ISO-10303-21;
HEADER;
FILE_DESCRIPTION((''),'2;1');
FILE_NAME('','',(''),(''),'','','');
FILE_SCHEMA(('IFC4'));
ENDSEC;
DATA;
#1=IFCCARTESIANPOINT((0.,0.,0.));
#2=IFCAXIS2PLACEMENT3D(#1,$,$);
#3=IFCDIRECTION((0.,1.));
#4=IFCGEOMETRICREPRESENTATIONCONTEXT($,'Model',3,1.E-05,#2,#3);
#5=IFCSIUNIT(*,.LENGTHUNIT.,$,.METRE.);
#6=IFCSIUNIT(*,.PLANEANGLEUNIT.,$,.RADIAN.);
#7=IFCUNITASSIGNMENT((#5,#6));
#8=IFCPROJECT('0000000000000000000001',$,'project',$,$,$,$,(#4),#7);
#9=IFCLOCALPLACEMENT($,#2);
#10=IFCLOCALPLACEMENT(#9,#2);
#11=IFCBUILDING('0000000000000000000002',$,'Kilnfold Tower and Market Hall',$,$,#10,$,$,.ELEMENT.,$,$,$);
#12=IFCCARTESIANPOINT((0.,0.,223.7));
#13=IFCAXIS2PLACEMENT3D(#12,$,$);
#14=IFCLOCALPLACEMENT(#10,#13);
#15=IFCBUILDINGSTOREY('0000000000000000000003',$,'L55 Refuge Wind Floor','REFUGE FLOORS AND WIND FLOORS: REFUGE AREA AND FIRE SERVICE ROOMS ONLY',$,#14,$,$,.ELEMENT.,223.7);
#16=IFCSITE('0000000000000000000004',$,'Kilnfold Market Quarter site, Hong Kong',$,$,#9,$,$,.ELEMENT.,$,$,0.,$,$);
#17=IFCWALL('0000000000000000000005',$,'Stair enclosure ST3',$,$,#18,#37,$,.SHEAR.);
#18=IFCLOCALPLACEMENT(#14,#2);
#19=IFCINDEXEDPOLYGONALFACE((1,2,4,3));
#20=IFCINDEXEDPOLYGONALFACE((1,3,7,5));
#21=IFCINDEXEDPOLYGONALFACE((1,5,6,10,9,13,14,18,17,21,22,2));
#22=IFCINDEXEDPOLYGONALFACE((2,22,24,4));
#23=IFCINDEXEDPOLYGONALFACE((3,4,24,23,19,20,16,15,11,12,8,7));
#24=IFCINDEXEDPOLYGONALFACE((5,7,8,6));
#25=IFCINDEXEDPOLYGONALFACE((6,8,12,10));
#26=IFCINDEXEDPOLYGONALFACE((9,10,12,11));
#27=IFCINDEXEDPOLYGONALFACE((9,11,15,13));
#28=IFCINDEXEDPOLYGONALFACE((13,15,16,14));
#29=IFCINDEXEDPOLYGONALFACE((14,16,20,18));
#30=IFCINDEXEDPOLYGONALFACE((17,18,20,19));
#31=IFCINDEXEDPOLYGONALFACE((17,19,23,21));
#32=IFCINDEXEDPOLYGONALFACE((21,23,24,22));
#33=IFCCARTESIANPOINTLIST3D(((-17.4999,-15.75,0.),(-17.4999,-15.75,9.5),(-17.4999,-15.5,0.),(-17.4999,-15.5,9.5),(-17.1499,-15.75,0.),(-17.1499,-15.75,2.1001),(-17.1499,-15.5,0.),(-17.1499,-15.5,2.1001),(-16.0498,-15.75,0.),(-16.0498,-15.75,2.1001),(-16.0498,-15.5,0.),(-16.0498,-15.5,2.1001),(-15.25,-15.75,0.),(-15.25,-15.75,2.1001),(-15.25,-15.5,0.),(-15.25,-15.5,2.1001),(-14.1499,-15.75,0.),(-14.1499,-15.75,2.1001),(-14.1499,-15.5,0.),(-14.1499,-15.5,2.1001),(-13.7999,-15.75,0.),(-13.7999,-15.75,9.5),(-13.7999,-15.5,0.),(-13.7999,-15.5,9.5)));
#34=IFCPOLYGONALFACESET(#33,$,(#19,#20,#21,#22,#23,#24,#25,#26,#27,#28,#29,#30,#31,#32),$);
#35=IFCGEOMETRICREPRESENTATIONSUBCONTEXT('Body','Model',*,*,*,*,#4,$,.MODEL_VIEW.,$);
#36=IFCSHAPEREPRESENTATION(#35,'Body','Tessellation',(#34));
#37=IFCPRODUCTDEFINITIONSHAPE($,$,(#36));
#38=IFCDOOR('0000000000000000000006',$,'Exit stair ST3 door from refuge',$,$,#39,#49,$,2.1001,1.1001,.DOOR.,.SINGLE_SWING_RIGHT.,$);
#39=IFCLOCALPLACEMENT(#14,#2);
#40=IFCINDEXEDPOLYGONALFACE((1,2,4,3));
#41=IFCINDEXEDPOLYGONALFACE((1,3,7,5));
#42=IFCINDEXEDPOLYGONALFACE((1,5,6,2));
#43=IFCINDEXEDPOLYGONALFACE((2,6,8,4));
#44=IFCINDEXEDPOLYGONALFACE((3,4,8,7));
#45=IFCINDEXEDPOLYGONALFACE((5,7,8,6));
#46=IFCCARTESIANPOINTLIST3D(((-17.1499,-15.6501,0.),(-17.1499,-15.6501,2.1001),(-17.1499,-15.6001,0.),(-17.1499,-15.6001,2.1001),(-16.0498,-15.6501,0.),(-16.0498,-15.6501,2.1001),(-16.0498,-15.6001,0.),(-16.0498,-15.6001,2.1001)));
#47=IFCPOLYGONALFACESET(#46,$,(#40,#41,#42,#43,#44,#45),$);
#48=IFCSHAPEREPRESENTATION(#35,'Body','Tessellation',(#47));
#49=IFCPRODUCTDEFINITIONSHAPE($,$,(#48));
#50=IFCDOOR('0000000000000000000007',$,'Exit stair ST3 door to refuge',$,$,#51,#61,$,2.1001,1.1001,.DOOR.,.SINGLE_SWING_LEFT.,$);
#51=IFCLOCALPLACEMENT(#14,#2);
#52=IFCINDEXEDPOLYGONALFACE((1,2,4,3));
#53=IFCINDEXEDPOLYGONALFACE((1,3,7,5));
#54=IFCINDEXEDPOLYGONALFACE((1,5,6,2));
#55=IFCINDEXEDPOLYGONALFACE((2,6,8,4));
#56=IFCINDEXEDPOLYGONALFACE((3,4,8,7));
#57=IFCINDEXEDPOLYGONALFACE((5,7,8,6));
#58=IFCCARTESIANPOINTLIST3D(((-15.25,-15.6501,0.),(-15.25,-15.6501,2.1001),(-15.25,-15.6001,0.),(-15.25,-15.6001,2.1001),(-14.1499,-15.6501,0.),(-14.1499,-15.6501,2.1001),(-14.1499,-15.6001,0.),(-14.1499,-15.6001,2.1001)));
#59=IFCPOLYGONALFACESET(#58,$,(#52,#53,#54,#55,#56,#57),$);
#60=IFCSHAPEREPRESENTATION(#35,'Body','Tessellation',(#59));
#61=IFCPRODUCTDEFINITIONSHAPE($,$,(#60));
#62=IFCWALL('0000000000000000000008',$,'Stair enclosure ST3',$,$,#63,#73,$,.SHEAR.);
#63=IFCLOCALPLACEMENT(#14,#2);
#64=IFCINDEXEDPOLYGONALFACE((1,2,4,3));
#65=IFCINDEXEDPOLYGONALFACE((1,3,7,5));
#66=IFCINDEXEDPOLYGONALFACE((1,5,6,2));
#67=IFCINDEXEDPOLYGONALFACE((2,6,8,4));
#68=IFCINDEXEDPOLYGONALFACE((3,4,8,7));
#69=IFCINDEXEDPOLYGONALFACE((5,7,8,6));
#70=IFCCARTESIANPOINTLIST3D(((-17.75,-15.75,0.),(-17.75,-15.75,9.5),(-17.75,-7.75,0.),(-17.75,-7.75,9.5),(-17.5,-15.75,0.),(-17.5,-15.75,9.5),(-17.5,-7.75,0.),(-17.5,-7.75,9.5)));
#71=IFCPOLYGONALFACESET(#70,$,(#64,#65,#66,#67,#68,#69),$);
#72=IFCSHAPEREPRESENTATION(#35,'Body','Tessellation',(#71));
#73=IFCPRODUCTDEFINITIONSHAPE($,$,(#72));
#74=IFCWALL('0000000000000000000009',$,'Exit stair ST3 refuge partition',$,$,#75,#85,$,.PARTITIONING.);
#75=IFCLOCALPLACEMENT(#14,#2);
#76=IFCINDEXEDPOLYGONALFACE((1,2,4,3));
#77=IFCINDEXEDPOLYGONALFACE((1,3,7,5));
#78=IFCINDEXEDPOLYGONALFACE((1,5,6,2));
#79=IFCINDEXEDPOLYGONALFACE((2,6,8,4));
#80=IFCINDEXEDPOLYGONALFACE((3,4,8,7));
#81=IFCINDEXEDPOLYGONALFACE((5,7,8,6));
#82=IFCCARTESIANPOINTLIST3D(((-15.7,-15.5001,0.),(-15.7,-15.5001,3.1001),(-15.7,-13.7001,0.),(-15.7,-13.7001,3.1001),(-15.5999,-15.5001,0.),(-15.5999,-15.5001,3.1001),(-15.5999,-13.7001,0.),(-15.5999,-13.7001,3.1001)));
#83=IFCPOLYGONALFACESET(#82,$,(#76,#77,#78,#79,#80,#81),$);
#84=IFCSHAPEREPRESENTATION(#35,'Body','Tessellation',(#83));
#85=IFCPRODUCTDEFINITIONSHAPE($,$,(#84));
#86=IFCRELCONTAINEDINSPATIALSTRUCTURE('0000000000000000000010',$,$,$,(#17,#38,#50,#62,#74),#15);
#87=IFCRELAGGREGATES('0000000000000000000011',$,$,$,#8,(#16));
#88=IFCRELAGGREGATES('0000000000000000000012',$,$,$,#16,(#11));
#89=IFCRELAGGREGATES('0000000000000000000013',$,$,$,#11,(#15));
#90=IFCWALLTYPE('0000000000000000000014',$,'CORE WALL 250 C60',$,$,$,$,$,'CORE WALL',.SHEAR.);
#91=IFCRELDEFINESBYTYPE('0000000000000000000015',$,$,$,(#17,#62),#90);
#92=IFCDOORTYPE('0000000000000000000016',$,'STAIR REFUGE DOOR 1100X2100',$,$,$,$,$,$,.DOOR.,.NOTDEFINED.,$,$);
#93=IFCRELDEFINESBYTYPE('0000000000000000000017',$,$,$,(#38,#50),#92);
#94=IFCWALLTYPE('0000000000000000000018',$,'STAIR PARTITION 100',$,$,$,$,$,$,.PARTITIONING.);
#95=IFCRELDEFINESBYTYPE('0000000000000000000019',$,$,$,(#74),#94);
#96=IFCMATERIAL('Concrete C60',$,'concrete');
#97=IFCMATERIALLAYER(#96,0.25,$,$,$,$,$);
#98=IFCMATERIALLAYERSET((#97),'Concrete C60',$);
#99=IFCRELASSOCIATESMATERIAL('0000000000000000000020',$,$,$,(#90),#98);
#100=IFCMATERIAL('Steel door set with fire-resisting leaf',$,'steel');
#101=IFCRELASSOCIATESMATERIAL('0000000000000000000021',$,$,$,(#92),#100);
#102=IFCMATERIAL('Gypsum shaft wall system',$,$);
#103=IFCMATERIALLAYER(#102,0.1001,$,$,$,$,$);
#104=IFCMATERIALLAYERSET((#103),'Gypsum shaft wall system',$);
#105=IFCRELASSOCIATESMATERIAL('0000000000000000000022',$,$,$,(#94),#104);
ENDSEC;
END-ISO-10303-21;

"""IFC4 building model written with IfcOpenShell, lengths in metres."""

from ifc_helpers import new_model, si_unit, direction, frame, frame_2d, origin, place, context, subcontext, project, spatial, rectangle, extrude, source, transform, mapped, material, layer, layer_set, type_object, element, fill, save


model = new_model("IFC4")

# Units and contexts
model_context = context("Model", 3, precision=1e-05, world=origin(), true_north=direction((0.0, 1.0)))
body_context = subcontext(model_context, "Body", "Model", "MODEL_VIEW")
ifc_project = project(units=[si_unit("LENGTHUNIT", "METRE"), si_unit("PLANEANGLEUNIT", "RADIAN")], contexts=[model_context])

# Site, building, storey
site_placement = place(None, origin())
site = spatial("IfcSite", under=ifc_project, at=site_placement, Name="Kilnfold Market Quarter site, Hong Kong", CompositionType="ELEMENT", RefElevation=0.0)
building_placement = place(site_placement, origin())
building = spatial("IfcBuilding", under=site, at=building_placement, Name="Kilnfold Tower and Market Hall", CompositionType="ELEMENT")
storey_placement = place(building_placement, frame((0.0, 0.0, 223.7)))
storey = spatial("IfcBuildingStorey", under=building, at=storey_placement, Name="L55 Refuge Wind Floor", Description="REFUGE FLOORS AND WIND FLOORS: REFUGE AREA AND FIRE SERVICE ROOMS ONLY", CompositionType="ELEMENT", Elevation=223.7)

# Wall, openings, doors
ifc_material_1 = material(Name="Concrete C60", Category="concrete")
ifc_layer_1 = layer(ifc_material_1, 0.25)
ifc_layer_set_1 = layer_set([ifc_layer_1], Name="Concrete C60")
wall_type_1 = type_object("IfcWallType", Name="CORE WALL 250 C60", ElementType="CORE WALL", PredefinedType="SHEAR", material=ifc_layer_set_1)
shared_shape_1 = source(origin(), body_context, "Body", "SweptSolid", [
    extrude(rectangle(XDim=3.7, YDim=0.25, at=frame_2d((1.8501, 0.0))), origin(), (0.0, 0.0, 1.0), 9.5),
])
wall_1_placement = place(storey_placement, frame((-17.5, -15.625, 0.0), z_axis=(0.0, 0.0, 1.0), x_axis=(1.0, 0.0, 0.0)))
wall_1 = element("IfcWall", 1, at=wall_1_placement, inside=storey, type_object=wall_type_1, Name="Stair enclosure ST3", PredefinedType="SHEAR", context=body_context, shape_type="MappedRepresentation", body=[
    mapped(shared_shape_1, transform((0.0, 0.0, 0.0))),
])
opening_1_placement = place(wall_1_placement, frame((0.3501, 0.0, 0.0)))
opening_1 = element("IfcOpeningElement", 2, at=opening_1_placement, cuts=wall_1, PredefinedType="OPENING", context=body_context, shape_type="SweptSolid", body=[
    extrude(rectangle(XDim=1.1001, YDim=2.1001, at=frame_2d((0.55, 1.05))), frame((0.0, 0.135, 0.0), z_axis=(0.0, -1.0, 0.0), x_axis=(1.0, 0.0, 0.0)), (0.0, 0.0, 1.0), 0.27),
])
opening_2_placement = place(wall_1_placement, frame((2.25, 0.0, 0.0)))
opening_2 = element("IfcOpeningElement", 3, at=opening_2_placement, cuts=wall_1, PredefinedType="OPENING", context=body_context, shape_type="SweptSolid", body=[
    extrude(rectangle(XDim=1.1001, YDim=2.1001, at=frame_2d((0.55, 1.05))), frame((0.0, 0.135, 0.0), z_axis=(0.0, -1.0, 0.0), x_axis=(1.0, 0.0, 0.0)), (0.0, 0.0, 1.0), 0.27),
])
ifc_material_2 = material(Name="Steel door set with fire-resisting leaf", Category="steel")
door_type_1 = type_object("IfcDoorType", Name="STAIR REFUGE DOOR 1100X2100", OperationType="NOTDEFINED", PredefinedType="DOOR", material=ifc_material_2)
door_1_placement = place(opening_1_placement, origin())
door_1 = element("IfcDoor", 4, at=door_1_placement, inside=storey, type_object=door_type_1, Name="Exit stair ST3 door from refuge", OperationType="SINGLE_SWING_RIGHT", OverallHeight=2.1001, OverallWidth=1.1001, PredefinedType="DOOR", context=body_context, shape_type="SweptSolid", body=[
    extrude(rectangle(XDim=1.1001, YDim=2.1001, at=frame_2d((0.55, 1.05))), frame((0.0, 0.0249, 0.0), z_axis=(0.0, -1.0, 0.0), x_axis=(1.0, 0.0, 0.0)), (0.0, 0.0, 1.0), 0.05),
])
fill(opening_1, door_1)
door_2_placement = place(opening_2_placement, origin())
door_2 = element("IfcDoor", 5, at=door_2_placement, inside=storey, type_object=door_type_1, Name="Exit stair ST3 door to refuge", OperationType="SINGLE_SWING_LEFT", OverallHeight=2.1001, OverallWidth=1.1001, PredefinedType="DOOR", context=body_context, shape_type="SweptSolid", body=[
    extrude(rectangle(XDim=1.1001, YDim=2.1001, at=frame_2d((0.55, 1.05))), frame((0.0, 0.0249, 0.0), z_axis=(0.0, -1.0, 0.0), x_axis=(1.0, 0.0, 0.0)), (0.0, 0.0, 1.0), 0.05),
])
fill(opening_2, door_2)

# Walls
shared_shape_2 = source(origin(), body_context, "Body", "SweptSolid", [
    extrude(rectangle(XDim=8.0, YDim=0.25, at=frame_2d((4.0, 0.0))), origin(), (0.0, 0.0, 1.0), 9.5),
])
wall_2_placement = place(storey_placement, frame((-17.625, -15.75, 0.0), z_axis=(0.0, 0.0, 1.0), x_axis=(0.0, 1.0, 0.0)))
element("IfcWall", 6, at=wall_2_placement, inside=storey, type_object=wall_type_1, Name="Stair enclosure ST3", PredefinedType="SHEAR", context=body_context, shape_type="MappedRepresentation", body=[
    mapped(shared_shape_2, transform((0.0, 0.0, 0.0))),
])
ifc_material_3 = material(Name="Gypsum shaft wall system")
ifc_layer_2 = layer(ifc_material_3, 0.1001)
ifc_layer_set_2 = layer_set([ifc_layer_2], Name="Gypsum shaft wall system")
wall_type_2 = type_object("IfcWallType", Name="STAIR PARTITION 100", PredefinedType="PARTITIONING", material=ifc_layer_set_2)
shared_shape_3 = source(origin(), body_context, "Body", "SweptSolid", [
    extrude(rectangle(XDim=1.8, YDim=0.1001, at=frame_2d((0.8999, 0.0))), origin(), (0.0, 0.0, 1.0), 3.1001),
])
wall_3_placement = place(storey_placement, frame((-15.6499, -15.5, 0.0), z_axis=(0.0, 0.0, 1.0), x_axis=(0.0, 1.0, 0.0)))
element("IfcWall", 7, at=wall_3_placement, inside=storey, type_object=wall_type_2, Name="Exit stair ST3 refuge partition", PredefinedType="PARTITIONING", context=body_context, shape_type="MappedRepresentation", body=[
    mapped(shared_shape_3, transform((0.0, 0.0, 0.0))),
])

save(model, "model.ifc")
